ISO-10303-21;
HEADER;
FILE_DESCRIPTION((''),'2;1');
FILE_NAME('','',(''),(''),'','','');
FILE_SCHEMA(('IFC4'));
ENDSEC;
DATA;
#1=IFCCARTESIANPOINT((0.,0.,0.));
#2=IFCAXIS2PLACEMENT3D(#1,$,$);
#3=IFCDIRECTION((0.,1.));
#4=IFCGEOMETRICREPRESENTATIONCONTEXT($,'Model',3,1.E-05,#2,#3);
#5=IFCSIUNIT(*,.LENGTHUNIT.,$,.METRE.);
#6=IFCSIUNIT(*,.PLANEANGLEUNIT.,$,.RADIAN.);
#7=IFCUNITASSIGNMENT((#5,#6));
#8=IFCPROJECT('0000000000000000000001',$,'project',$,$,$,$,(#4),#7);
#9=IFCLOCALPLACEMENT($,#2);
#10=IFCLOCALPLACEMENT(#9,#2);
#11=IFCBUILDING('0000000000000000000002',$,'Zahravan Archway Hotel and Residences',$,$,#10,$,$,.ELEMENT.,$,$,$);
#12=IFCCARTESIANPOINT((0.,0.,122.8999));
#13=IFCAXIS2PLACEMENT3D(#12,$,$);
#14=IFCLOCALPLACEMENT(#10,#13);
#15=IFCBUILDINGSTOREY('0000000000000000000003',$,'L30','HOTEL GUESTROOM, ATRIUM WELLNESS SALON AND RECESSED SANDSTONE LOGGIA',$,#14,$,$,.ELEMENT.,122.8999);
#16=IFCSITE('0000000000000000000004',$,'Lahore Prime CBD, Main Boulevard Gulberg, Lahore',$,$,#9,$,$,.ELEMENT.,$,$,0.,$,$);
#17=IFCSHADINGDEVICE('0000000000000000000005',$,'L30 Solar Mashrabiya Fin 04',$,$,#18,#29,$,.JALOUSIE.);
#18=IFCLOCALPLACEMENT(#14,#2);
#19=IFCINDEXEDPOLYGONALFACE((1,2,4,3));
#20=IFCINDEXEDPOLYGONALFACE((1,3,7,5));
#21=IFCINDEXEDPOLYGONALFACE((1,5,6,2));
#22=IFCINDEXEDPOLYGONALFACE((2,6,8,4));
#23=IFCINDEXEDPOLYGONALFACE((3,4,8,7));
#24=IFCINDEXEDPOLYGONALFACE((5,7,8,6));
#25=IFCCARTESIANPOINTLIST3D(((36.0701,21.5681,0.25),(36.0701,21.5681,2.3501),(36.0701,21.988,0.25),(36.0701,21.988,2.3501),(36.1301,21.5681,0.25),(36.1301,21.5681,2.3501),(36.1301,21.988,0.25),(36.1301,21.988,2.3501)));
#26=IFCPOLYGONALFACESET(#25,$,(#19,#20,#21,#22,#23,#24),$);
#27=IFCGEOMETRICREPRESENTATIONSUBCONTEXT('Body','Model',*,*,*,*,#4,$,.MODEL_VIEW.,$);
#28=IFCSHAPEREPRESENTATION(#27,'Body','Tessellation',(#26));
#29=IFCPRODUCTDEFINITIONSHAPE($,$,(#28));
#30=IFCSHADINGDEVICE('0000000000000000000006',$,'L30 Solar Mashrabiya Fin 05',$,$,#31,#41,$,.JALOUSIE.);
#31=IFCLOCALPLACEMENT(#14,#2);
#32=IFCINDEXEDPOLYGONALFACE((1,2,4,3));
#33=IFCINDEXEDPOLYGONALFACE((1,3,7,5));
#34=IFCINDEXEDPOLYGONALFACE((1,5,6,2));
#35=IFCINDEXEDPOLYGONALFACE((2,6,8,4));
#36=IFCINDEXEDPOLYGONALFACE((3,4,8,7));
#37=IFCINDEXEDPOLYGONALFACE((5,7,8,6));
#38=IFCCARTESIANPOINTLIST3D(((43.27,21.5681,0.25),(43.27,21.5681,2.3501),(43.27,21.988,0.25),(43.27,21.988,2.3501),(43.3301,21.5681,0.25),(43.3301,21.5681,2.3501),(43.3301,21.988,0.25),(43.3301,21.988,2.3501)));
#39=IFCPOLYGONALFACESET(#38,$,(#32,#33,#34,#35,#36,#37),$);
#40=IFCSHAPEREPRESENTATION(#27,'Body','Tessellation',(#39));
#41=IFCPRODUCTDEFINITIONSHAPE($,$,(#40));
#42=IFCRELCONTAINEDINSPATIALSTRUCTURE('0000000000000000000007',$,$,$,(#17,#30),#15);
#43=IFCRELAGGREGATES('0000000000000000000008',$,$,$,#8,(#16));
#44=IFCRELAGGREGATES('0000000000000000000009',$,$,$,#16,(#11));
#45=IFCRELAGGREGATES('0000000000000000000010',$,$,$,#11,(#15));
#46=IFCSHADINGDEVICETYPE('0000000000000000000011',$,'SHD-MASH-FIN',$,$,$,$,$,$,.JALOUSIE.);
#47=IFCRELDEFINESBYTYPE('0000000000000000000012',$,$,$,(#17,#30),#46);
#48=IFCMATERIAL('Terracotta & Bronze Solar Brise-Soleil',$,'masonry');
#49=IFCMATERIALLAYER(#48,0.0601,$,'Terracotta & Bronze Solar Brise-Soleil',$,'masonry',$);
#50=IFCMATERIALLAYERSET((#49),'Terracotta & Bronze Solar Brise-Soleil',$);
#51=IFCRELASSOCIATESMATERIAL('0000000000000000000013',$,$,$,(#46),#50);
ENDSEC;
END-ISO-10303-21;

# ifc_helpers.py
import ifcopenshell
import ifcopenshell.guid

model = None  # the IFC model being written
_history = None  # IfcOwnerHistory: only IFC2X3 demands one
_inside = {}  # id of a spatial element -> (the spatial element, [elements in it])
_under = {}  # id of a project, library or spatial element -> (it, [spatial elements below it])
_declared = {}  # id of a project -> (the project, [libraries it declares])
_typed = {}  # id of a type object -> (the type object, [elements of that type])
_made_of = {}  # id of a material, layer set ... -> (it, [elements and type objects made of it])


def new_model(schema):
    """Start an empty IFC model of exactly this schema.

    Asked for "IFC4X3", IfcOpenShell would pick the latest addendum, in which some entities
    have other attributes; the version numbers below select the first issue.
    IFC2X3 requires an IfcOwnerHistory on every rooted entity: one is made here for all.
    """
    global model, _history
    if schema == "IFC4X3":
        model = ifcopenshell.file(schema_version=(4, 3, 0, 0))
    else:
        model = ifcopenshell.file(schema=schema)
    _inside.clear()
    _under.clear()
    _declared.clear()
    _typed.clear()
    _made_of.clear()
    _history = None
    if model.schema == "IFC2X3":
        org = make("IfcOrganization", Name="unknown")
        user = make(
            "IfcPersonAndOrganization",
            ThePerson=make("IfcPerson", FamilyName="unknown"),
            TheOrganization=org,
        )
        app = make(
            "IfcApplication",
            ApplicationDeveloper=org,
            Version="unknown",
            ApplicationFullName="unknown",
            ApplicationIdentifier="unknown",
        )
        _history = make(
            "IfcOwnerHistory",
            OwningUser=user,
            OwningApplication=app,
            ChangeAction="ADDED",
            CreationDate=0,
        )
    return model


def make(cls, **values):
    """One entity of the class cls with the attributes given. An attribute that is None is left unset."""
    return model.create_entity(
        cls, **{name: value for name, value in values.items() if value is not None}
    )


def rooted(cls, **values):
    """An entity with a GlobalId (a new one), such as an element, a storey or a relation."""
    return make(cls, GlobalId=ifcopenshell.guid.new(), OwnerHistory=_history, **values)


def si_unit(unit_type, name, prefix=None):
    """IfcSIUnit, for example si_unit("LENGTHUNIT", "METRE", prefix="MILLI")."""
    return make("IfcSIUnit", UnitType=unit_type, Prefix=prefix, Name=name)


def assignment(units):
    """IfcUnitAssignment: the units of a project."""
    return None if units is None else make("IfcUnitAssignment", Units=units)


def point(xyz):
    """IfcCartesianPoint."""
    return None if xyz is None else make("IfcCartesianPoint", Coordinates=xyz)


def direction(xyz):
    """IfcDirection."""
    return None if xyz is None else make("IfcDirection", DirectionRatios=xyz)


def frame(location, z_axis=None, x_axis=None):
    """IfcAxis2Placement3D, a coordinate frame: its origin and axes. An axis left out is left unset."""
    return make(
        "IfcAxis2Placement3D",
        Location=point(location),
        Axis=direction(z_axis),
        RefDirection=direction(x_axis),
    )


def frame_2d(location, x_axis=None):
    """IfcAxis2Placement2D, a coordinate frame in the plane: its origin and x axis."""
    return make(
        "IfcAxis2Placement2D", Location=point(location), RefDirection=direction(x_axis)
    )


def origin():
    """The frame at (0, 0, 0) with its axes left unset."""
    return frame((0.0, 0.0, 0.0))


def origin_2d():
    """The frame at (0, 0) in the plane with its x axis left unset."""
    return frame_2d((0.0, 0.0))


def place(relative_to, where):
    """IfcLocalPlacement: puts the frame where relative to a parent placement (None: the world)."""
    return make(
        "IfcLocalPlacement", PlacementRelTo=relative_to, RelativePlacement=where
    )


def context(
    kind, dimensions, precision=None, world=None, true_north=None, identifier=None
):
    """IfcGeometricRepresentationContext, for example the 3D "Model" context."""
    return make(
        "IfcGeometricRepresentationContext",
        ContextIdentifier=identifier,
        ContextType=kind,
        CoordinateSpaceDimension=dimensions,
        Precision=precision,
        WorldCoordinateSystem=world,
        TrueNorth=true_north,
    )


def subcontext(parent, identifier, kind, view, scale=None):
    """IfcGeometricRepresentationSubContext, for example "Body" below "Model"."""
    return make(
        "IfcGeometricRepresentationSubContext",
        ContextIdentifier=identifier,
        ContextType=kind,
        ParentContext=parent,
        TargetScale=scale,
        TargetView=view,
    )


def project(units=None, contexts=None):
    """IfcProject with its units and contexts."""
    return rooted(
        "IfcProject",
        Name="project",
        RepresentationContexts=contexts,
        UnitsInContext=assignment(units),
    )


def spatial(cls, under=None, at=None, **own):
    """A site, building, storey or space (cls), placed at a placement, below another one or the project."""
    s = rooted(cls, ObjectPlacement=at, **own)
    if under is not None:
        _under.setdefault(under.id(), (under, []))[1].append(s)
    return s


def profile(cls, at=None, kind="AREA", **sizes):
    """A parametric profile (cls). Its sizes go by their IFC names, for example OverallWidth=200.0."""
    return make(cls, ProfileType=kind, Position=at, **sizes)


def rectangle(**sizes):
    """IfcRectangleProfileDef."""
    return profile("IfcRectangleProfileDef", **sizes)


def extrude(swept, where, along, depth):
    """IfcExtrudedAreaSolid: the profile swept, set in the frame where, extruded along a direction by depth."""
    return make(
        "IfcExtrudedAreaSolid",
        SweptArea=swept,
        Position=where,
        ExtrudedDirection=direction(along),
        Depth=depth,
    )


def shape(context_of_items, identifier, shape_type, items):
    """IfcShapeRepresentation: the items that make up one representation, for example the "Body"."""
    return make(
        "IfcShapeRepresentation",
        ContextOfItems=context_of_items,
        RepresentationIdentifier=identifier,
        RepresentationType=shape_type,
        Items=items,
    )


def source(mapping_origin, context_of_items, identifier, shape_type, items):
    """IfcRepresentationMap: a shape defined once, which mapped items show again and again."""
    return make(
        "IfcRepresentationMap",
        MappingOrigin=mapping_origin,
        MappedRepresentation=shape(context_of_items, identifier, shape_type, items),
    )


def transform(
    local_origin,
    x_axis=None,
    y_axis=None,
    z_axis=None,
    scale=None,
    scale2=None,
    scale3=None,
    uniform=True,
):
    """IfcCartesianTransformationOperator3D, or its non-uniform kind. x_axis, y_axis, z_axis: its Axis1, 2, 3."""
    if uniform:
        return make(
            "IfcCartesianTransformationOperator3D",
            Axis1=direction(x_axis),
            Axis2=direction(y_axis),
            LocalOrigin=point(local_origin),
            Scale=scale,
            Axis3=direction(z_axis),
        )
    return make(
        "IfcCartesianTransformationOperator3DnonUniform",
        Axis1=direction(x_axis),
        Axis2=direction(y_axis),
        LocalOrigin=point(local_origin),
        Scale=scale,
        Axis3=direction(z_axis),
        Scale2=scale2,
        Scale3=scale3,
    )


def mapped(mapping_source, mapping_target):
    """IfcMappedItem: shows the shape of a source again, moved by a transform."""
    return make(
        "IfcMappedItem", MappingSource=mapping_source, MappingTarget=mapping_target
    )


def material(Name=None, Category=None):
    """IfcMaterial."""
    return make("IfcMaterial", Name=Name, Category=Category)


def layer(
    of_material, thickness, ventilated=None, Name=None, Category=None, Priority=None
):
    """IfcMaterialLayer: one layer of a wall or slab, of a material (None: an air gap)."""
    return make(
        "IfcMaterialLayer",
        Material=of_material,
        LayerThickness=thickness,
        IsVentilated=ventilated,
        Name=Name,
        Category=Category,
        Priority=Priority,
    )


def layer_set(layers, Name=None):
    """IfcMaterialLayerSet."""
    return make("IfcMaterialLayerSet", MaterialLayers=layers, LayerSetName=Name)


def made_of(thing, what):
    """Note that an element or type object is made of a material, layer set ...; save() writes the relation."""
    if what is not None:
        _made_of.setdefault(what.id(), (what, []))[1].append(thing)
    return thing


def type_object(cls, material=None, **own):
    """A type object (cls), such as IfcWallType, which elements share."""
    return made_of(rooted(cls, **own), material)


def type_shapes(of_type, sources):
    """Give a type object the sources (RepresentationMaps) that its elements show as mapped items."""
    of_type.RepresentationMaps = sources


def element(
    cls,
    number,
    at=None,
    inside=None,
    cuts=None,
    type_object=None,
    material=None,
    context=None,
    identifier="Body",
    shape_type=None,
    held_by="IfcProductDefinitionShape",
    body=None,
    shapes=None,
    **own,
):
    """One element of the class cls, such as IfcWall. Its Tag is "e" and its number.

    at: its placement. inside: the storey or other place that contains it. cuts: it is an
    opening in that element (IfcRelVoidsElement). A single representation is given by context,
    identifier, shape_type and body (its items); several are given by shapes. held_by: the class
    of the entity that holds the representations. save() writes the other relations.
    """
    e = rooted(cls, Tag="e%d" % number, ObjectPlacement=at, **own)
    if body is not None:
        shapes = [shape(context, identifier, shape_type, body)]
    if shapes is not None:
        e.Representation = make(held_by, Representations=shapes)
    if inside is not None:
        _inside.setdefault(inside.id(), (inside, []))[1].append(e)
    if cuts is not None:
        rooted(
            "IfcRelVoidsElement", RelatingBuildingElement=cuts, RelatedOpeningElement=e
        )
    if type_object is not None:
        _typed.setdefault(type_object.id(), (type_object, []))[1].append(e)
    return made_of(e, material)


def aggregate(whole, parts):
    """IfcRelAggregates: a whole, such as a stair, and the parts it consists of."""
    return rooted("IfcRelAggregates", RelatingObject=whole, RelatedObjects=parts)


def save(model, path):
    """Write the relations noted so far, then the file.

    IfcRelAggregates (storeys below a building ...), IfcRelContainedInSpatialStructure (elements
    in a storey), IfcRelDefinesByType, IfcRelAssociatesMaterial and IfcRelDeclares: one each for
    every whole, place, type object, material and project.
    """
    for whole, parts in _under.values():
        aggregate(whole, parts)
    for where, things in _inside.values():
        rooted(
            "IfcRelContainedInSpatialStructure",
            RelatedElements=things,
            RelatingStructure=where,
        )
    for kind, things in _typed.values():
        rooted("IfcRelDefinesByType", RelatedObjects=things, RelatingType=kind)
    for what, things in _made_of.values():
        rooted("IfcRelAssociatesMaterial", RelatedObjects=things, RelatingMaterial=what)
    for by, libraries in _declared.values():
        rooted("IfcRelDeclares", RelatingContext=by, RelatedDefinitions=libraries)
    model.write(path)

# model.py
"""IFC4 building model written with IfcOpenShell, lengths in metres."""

from ifc_helpers import new_model, si_unit, direction, frame, origin, origin_2d, place, context, subcontext, project, spatial, rectangle, extrude, source, transform, mapped, material, layer, layer_set, type_object, type_shapes, element, save


model = new_model("IFC4")

# Units and contexts
model_context = context("Model", 3, precision=1e-05, world=origin(), true_north=direction((0.0, 1.0)))
body_context = subcontext(model_context, "Body", "Model", "MODEL_VIEW")
ifc_project = project(units=[si_unit("LENGTHUNIT", "METRE"), si_unit("PLANEANGLEUNIT", "RADIAN")], contexts=[model_context])

# Site, building, storey
site_placement = place(None, origin())
site = spatial("IfcSite", under=ifc_project, at=site_placement, Name="Lahore Prime CBD, Main Boulevard Gulberg, Lahore", CompositionType="ELEMENT", RefElevation=0.0)
building_placement = place(site_placement, origin())
building = spatial("IfcBuilding", under=site, at=building_placement, Name="Zahravan Archway Hotel and Residences", CompositionType="ELEMENT")
storey_placement = place(building_placement, frame((0.0, 0.0, 122.8999)))
storey = spatial("IfcBuildingStorey", under=building, at=storey_placement, Name="L30", Description="HOTEL GUESTROOM, ATRIUM WELLNESS SALON AND RECESSED SANDSTONE LOGGIA", CompositionType="ELEMENT", Elevation=122.8999)

# Shading devices
ifc_material_1 = material(Name="Terracotta & Bronze Solar Brise-Soleil", Category="masonry")
ifc_layer_1 = layer(ifc_material_1, 0.0601, Name="Terracotta & Bronze Solar Brise-Soleil", Category="masonry")
ifc_layer_set_1 = layer_set([ifc_layer_1], Name="Terracotta & Bronze Solar Brise-Soleil")
shading_device_type = type_object("IfcShadingDeviceType", Name="SHD-MASH-FIN", PredefinedType="JALOUSIE", material=ifc_layer_set_1)
shared_shape_1 = source(origin(), body_context, "Body", "SweptSolid", [
    extrude(rectangle(XDim=0.0601, YDim=0.4199, at=origin_2d()), origin(), (0.0, 0.0, 1.0), 2.1001),
])
type_shapes(shading_device_type, [shared_shape_1])
for number, where, z_axis, x_axis, name in (
    (1, (36.1001, 21.7781, 0.25), (0.0, 0.0, 1.0), (1.0, 0.0, 0.0), "L30 Solar Mashrabiya Fin 04"),
    (2, (43.3, 21.7781, 0.25), (0.0, 0.0, 1.0), (1.0, 0.0, 0.0), "L30 Solar Mashrabiya Fin 05"),
):
    element("IfcShadingDevice", number, at=place(storey_placement, frame(where, z_axis=z_axis, x_axis=x_axis)), inside=storey, type_object=shading_device_type, Name=name, PredefinedType="JALOUSIE", context=body_context, shape_type="MappedRepresentation", body=[
        mapped(shared_shape_1, transform((0.0, 0.0, 0.0), scale=1.0)),
    ])

save(model, "model.ifc")
